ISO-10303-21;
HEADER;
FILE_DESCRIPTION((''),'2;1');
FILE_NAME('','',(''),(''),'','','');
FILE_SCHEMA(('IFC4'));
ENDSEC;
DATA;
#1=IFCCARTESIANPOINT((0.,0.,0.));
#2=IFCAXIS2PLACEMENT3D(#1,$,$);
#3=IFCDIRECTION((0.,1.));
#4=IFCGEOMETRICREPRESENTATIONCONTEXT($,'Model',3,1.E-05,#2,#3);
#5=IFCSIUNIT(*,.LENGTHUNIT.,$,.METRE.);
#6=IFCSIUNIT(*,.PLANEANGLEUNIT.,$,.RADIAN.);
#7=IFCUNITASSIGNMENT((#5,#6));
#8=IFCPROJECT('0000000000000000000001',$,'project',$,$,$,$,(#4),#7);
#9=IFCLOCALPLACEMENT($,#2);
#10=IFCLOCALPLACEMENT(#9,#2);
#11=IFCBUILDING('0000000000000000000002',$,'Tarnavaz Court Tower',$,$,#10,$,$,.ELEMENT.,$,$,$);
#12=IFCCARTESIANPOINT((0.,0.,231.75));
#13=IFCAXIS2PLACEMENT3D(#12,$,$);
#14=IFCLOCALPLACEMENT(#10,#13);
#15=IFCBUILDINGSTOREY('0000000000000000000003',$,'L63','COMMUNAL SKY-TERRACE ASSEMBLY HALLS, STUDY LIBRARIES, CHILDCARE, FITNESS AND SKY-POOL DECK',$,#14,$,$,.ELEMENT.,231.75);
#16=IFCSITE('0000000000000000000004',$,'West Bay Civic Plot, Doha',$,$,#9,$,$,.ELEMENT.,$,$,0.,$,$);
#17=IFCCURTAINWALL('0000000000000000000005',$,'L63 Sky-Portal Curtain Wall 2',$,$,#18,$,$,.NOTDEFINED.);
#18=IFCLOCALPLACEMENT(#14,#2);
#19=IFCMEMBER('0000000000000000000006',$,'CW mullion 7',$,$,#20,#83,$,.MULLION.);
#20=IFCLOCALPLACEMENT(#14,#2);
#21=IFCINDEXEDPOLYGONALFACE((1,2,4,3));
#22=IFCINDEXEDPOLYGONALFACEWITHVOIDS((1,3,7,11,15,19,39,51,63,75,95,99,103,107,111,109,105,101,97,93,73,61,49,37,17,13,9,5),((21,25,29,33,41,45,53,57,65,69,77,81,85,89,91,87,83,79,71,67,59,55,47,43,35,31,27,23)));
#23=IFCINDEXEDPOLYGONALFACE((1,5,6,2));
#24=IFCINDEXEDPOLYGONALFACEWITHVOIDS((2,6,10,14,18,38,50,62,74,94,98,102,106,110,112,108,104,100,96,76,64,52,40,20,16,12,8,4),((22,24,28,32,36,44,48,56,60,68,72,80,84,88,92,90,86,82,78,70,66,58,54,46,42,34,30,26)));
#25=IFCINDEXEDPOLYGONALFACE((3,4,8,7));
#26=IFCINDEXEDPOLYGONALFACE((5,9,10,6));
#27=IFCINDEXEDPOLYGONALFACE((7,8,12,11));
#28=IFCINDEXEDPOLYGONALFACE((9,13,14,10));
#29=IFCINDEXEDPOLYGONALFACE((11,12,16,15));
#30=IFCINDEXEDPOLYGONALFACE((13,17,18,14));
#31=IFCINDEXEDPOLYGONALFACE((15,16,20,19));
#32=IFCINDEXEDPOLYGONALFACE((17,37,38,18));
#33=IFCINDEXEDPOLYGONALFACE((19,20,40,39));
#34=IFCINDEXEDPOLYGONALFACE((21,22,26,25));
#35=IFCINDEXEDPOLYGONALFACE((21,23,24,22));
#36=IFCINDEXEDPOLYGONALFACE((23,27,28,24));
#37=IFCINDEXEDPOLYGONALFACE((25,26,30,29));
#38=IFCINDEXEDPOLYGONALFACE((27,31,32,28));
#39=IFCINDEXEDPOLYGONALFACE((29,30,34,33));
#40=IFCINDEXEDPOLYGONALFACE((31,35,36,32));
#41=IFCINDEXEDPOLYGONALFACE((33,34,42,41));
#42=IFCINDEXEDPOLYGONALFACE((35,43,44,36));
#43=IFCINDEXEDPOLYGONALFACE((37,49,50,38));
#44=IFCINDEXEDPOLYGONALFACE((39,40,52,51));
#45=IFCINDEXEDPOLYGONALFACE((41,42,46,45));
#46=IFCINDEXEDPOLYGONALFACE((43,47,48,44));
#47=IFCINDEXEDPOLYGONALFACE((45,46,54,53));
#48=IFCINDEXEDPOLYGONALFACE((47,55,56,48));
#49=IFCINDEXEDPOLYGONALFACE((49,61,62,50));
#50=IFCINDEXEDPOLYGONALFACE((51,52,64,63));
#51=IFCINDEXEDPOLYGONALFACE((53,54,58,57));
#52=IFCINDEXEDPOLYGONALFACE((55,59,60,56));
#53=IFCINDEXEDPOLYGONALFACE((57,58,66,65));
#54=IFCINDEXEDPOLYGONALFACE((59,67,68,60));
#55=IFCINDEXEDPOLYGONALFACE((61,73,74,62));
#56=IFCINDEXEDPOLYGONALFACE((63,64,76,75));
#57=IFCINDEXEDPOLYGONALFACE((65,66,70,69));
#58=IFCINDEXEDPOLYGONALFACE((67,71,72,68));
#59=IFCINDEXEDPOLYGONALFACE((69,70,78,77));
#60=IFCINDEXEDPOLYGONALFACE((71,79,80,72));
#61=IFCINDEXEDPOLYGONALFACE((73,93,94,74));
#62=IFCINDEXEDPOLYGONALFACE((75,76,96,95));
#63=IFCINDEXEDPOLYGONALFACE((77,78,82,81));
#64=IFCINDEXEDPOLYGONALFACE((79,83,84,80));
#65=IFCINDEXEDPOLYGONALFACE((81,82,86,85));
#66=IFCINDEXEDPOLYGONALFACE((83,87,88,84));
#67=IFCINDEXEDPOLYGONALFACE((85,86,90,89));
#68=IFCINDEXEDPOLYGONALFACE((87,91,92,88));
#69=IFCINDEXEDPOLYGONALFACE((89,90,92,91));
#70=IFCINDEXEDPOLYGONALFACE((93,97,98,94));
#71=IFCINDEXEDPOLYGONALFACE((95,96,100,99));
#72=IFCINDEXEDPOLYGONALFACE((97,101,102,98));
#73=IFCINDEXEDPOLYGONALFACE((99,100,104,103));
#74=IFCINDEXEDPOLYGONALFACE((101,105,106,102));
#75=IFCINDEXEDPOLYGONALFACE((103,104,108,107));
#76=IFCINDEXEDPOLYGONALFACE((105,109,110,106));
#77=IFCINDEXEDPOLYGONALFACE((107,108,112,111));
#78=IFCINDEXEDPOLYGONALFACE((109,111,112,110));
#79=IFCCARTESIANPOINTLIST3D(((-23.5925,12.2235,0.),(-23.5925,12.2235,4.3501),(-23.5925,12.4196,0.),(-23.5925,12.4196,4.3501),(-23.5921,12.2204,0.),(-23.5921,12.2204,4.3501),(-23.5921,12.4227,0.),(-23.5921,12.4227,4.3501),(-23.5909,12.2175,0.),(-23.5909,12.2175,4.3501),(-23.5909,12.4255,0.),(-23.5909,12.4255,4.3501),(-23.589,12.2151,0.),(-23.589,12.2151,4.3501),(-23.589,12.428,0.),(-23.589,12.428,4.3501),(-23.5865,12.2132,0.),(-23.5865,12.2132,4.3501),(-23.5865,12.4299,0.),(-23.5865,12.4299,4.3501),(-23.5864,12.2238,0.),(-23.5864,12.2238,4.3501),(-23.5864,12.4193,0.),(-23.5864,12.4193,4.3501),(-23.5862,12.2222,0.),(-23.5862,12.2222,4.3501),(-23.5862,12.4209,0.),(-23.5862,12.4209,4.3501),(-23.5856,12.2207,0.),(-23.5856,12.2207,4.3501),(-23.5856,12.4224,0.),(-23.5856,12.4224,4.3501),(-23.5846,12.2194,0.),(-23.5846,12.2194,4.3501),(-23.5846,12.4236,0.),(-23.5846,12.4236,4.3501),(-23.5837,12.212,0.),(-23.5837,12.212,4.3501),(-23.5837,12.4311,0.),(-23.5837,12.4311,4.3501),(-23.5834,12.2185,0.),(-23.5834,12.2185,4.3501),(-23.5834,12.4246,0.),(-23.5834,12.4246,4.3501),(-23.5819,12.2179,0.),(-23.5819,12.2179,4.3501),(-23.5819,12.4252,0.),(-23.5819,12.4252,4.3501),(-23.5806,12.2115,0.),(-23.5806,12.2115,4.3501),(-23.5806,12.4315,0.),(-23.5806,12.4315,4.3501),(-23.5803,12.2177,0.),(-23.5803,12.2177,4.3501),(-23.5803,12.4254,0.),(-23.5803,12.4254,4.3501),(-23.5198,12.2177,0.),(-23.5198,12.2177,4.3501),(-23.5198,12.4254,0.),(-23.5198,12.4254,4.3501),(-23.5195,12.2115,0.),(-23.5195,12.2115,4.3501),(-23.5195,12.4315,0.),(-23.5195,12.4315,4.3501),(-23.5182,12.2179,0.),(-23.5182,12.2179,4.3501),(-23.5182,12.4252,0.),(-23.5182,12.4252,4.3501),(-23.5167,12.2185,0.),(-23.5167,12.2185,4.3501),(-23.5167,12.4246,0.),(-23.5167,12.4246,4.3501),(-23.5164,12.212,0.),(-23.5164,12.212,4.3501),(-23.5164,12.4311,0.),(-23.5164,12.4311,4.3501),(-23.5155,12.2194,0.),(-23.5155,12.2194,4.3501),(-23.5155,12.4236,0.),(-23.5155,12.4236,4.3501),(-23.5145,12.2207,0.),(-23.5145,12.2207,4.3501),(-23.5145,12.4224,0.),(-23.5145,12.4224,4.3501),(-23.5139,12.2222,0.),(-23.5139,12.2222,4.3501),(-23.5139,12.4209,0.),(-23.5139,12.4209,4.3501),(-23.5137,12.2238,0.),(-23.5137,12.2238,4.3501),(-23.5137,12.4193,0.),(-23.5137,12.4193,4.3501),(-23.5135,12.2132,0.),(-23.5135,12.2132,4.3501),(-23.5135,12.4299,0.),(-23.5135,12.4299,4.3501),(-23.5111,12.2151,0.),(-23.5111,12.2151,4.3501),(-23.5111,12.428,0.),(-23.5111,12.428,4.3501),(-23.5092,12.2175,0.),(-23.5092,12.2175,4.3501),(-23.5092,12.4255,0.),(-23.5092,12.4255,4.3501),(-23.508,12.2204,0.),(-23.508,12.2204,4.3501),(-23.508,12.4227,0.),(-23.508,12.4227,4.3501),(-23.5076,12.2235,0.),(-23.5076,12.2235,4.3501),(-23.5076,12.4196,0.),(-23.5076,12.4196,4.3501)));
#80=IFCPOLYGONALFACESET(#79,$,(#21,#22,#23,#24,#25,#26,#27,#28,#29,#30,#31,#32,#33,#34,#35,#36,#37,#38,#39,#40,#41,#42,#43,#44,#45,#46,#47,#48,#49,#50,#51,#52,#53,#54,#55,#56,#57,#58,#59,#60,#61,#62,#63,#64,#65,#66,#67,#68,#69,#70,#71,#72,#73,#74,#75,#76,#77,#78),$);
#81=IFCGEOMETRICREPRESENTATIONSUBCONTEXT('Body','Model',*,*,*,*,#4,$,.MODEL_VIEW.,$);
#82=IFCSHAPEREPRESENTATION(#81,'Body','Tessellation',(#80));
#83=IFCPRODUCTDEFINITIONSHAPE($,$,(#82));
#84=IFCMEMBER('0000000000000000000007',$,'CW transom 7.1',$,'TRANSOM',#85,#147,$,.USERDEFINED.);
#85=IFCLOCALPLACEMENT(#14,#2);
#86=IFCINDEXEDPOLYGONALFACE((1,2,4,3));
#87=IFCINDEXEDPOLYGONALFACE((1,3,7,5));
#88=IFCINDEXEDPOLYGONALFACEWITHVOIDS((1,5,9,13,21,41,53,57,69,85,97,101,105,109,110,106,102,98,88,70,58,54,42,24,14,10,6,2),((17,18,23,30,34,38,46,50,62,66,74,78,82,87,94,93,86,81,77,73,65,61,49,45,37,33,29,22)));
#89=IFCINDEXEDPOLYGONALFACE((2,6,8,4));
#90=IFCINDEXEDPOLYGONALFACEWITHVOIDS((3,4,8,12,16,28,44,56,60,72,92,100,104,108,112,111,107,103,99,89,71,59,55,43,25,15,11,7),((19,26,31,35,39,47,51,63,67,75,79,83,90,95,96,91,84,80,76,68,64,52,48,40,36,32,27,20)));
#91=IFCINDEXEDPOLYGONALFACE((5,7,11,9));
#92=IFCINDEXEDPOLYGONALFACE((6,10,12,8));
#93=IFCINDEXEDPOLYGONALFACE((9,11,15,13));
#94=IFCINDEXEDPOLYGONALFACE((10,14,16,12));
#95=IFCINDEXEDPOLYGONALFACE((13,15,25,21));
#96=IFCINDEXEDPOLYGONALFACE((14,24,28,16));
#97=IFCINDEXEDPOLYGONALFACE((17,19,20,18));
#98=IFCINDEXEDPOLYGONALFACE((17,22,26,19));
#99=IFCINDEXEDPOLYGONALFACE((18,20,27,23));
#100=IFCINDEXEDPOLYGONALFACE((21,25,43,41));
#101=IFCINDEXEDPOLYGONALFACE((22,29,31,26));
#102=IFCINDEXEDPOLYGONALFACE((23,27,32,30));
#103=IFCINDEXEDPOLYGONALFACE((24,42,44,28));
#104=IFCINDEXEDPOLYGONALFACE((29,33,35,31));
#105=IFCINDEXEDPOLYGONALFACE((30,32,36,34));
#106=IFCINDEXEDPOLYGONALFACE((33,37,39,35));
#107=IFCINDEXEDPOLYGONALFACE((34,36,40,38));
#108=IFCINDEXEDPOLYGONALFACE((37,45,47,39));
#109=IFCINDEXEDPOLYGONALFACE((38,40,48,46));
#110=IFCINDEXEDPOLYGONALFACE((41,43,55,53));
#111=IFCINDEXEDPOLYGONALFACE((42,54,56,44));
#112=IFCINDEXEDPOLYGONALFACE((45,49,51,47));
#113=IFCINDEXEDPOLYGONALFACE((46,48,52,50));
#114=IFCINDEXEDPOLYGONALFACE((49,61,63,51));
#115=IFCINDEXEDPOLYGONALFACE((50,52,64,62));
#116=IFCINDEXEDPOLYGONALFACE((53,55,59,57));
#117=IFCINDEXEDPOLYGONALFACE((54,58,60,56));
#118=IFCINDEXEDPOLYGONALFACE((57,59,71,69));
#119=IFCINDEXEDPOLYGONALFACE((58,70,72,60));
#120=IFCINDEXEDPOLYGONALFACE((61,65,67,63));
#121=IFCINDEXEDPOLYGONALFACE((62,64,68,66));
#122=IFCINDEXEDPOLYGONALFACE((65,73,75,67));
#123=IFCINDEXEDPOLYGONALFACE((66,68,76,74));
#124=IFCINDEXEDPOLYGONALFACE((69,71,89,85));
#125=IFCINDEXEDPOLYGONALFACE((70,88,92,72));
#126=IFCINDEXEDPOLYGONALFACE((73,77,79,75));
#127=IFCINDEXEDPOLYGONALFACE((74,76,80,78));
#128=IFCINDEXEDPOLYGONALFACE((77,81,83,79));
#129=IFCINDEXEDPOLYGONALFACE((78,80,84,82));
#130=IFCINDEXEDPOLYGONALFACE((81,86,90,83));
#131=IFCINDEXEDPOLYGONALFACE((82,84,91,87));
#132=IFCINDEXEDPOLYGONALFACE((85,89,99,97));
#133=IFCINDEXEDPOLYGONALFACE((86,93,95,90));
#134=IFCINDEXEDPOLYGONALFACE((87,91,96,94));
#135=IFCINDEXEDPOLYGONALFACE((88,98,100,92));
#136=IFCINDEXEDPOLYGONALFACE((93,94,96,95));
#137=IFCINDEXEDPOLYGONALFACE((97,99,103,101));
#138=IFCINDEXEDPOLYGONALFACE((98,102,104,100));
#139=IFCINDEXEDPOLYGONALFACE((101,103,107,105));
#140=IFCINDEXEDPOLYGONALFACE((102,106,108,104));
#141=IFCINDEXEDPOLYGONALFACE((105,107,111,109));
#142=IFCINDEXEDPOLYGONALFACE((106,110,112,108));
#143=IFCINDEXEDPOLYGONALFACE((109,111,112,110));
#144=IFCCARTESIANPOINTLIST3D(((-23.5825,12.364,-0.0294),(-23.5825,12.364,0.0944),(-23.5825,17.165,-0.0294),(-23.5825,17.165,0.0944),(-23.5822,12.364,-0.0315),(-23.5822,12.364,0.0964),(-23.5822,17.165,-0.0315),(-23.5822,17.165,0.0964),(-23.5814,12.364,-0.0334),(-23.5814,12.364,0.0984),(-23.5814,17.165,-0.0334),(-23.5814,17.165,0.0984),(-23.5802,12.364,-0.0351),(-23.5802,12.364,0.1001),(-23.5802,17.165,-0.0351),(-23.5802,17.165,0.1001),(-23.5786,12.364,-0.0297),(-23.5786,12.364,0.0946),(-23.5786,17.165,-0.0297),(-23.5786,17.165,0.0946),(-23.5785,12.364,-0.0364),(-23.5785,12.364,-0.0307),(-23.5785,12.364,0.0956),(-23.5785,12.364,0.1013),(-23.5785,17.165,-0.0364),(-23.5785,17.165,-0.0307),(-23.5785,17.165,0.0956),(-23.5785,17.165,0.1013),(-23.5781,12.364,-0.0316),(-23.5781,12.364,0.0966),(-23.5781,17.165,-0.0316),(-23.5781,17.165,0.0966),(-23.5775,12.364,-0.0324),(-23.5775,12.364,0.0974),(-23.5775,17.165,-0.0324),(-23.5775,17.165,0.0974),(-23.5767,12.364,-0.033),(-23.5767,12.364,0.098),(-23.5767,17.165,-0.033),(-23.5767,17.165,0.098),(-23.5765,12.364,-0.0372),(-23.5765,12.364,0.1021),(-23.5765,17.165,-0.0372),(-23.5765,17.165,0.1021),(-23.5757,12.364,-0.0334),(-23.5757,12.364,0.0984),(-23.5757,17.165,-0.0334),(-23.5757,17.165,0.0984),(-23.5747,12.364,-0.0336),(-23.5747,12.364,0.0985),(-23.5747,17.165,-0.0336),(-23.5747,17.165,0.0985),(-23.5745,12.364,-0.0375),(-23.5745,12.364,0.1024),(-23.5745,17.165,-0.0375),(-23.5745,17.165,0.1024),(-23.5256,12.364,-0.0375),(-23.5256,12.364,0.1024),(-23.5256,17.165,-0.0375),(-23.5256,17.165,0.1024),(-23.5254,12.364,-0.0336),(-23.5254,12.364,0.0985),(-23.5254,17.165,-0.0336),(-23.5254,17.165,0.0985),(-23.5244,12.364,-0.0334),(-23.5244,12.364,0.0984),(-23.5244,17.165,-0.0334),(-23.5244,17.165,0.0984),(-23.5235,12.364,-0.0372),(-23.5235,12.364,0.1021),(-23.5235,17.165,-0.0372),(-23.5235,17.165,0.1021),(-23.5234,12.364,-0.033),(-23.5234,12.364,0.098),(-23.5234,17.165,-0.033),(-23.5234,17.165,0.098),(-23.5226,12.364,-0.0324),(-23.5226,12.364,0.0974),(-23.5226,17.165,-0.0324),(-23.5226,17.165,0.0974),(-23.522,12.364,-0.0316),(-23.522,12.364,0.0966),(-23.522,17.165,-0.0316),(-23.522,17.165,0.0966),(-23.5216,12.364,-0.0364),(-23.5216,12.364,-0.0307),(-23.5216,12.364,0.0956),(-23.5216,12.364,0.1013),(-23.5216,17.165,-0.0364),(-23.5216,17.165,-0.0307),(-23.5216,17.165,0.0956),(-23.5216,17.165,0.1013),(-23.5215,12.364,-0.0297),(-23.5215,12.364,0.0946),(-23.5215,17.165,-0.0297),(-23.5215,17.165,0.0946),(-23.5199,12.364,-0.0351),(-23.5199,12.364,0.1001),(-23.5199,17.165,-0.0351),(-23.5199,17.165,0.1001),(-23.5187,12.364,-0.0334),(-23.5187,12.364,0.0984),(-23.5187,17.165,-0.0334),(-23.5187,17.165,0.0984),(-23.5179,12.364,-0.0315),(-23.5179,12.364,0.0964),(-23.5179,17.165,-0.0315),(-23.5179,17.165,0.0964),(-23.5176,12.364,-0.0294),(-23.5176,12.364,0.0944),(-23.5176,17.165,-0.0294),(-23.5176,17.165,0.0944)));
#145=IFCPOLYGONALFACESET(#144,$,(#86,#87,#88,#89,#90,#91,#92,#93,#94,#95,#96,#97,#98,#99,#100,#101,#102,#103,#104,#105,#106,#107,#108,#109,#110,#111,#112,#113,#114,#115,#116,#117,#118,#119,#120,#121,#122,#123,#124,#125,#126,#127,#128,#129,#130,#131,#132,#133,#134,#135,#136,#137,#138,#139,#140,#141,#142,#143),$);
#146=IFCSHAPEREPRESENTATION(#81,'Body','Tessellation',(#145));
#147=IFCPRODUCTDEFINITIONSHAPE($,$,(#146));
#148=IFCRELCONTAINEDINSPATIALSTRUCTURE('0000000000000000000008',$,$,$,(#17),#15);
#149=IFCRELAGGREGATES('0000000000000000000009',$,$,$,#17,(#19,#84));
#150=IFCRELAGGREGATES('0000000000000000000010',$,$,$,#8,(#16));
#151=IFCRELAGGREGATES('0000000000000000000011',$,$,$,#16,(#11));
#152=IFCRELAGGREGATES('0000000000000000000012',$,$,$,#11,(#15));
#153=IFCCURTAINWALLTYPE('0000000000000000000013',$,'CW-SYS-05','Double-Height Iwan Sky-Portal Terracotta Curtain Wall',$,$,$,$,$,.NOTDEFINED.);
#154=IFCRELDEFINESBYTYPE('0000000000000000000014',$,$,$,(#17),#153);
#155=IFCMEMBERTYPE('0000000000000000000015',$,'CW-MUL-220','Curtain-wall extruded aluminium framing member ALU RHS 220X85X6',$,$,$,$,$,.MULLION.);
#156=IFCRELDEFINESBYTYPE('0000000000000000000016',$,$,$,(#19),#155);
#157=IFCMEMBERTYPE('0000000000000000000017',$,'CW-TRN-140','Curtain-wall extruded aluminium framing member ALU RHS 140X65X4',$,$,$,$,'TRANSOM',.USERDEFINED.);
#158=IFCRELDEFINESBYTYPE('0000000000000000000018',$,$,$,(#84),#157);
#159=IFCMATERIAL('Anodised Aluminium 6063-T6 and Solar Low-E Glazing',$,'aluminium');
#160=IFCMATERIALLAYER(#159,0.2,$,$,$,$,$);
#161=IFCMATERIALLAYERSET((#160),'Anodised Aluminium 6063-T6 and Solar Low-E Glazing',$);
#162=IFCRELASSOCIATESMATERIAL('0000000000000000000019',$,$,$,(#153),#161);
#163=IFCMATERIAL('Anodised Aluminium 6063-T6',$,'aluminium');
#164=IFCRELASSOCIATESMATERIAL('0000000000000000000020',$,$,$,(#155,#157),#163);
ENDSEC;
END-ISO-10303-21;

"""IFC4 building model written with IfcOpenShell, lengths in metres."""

from ifc_helpers import new_model, si_unit, direction, frame, origin, origin_2d, place, context, subcontext, project, spatial, hollow_rectangle, extrude, material, layer, layer_set, material_profile, profile_set, type_object, element, aggregate, save


model = new_model("IFC4")

# Units and contexts
model_context = context("Model", 3, precision=1e-05, world=origin(), true_north=direction((0.0, 1.0)))
body_context = subcontext(model_context, "Body", "Model", "MODEL_VIEW")
ifc_project = project(units=[si_unit("LENGTHUNIT", "METRE"), si_unit("PLANEANGLEUNIT", "RADIAN")], contexts=[model_context])

# Site, building, storey
site_placement = place(None, origin())
site = spatial("IfcSite", under=ifc_project, at=site_placement, Name="West Bay Civic Plot, Doha", CompositionType="ELEMENT", RefElevation=0.0)
building_placement = place(site_placement, origin())
building = spatial("IfcBuilding", under=site, at=building_placement, Name="Tarnavaz Court Tower", CompositionType="ELEMENT")
storey_placement = place(building_placement, frame((0.0, 0.0, 231.75)))
storey = spatial("IfcBuildingStorey", under=building, at=storey_placement, Name="L63", Description="COMMUNAL SKY-TERRACE ASSEMBLY HALLS, STUDY LIBRARIES, CHILDCARE, FITNESS AND SKY-POOL DECK", CompositionType="ELEMENT", Elevation=231.75)

# Curtain wall, members
ifc_material_1 = material(Name="Anodised Aluminium 6063-T6 and Solar Low-E Glazing", Category="aluminium")
ifc_layer_1 = layer(ifc_material_1, 0.2)
ifc_layer_set_1 = layer_set([ifc_layer_1], Name="Anodised Aluminium 6063-T6 and Solar Low-E Glazing")
curtain_wall_type = type_object("IfcCurtainWallType", Name="CW-SYS-05", Description="Double-Height Iwan Sky-Portal Terracotta Curtain Wall", PredefinedType="NOTDEFINED", material=ifc_layer_set_1)
curtain_wall_placement = place(storey_placement, origin())
curtain_wall = element("IfcCurtainWall", 1, at=curtain_wall_placement, inside=storey, type_object=curtain_wall_type, Name="L63 Sky-Portal Curtain Wall 2", PredefinedType="NOTDEFINED")
ifc_material_2 = material(Name="Anodised Aluminium 6063-T6", Category="aluminium")
ifc_material_profile_1 = material_profile(ifc_material_2, hollow_rectangle(XDim=0.085, YDim=0.22, WallThickness=0.0061, InnerFilletRadius=0.0061, OuterFilletRadius=0.012, at=origin_2d()), Name="ALU RHS 220X85X6")
ifc_profile_set_1 = profile_set([ifc_material_profile_1], Name="Anodised Aluminium 6063-T6")
member_type_1 = type_object("IfcMemberType", Name="CW-MUL-220", Description="Curtain-wall extruded aluminium framing member ALU RHS 220X85X6", PredefinedType="MULLION", material=ifc_profile_set_1)
member_1_placement = place(storey_placement, frame((-23.55, 12.3215, 0.0), z_axis=(0.0, 0.0, 1.0), x_axis=(-1.0, 0.0, 0.0)))
member_1 = element("IfcMember", 2, at=member_1_placement, type_object=member_type_1, Name="CW mullion 7", PredefinedType="MULLION", context=body_context, shape_type="SweptSolid", body=[
    extrude(hollow_rectangle(XDim=0.085, YDim=0.22, WallThickness=0.0061, InnerFilletRadius=0.0061, OuterFilletRadius=0.012, at=origin_2d()), origin(), (0.0, 0.0, 1.0), 4.3501),
])
ifc_material_profile_2 = material_profile(ifc_material_2, hollow_rectangle(XDim=0.0649, YDim=0.1399, WallThickness=0.0039, InnerFilletRadius=0.0039, OuterFilletRadius=0.0081, at=origin_2d()), Name="ALU RHS 140X65X4")
ifc_profile_set_2 = profile_set([ifc_material_profile_2], Name="Anodised Aluminium 6063-T6")
member_type_2 = type_object("IfcMemberType", Name="CW-TRN-140", Description="Curtain-wall extruded aluminium framing member ALU RHS 140X65X4", ElementType="TRANSOM", PredefinedType="USERDEFINED", material=ifc_profile_set_2)
member_2_placement = place(storey_placement, frame((-23.55, 12.364, 0.0325), z_axis=(0.0, 1.0, 0.0), x_axis=(-1.0, 0.0, 0.0)))
member_2 = element("IfcMember", 3, at=member_2_placement, type_object=member_type_2, Name="CW transom 7.1", ObjectType="TRANSOM", PredefinedType="USERDEFINED", context=body_context, shape_type="SweptSolid", body=[
    extrude(hollow_rectangle(XDim=0.0649, YDim=0.1399, WallThickness=0.0039, InnerFilletRadius=0.0039, OuterFilletRadius=0.0081, at=origin_2d()), origin(), (0.0, 0.0, 1.0), 4.801),
])
aggregate(curtain_wall, [member_1, member_2])

save(model, "model.ifc")
